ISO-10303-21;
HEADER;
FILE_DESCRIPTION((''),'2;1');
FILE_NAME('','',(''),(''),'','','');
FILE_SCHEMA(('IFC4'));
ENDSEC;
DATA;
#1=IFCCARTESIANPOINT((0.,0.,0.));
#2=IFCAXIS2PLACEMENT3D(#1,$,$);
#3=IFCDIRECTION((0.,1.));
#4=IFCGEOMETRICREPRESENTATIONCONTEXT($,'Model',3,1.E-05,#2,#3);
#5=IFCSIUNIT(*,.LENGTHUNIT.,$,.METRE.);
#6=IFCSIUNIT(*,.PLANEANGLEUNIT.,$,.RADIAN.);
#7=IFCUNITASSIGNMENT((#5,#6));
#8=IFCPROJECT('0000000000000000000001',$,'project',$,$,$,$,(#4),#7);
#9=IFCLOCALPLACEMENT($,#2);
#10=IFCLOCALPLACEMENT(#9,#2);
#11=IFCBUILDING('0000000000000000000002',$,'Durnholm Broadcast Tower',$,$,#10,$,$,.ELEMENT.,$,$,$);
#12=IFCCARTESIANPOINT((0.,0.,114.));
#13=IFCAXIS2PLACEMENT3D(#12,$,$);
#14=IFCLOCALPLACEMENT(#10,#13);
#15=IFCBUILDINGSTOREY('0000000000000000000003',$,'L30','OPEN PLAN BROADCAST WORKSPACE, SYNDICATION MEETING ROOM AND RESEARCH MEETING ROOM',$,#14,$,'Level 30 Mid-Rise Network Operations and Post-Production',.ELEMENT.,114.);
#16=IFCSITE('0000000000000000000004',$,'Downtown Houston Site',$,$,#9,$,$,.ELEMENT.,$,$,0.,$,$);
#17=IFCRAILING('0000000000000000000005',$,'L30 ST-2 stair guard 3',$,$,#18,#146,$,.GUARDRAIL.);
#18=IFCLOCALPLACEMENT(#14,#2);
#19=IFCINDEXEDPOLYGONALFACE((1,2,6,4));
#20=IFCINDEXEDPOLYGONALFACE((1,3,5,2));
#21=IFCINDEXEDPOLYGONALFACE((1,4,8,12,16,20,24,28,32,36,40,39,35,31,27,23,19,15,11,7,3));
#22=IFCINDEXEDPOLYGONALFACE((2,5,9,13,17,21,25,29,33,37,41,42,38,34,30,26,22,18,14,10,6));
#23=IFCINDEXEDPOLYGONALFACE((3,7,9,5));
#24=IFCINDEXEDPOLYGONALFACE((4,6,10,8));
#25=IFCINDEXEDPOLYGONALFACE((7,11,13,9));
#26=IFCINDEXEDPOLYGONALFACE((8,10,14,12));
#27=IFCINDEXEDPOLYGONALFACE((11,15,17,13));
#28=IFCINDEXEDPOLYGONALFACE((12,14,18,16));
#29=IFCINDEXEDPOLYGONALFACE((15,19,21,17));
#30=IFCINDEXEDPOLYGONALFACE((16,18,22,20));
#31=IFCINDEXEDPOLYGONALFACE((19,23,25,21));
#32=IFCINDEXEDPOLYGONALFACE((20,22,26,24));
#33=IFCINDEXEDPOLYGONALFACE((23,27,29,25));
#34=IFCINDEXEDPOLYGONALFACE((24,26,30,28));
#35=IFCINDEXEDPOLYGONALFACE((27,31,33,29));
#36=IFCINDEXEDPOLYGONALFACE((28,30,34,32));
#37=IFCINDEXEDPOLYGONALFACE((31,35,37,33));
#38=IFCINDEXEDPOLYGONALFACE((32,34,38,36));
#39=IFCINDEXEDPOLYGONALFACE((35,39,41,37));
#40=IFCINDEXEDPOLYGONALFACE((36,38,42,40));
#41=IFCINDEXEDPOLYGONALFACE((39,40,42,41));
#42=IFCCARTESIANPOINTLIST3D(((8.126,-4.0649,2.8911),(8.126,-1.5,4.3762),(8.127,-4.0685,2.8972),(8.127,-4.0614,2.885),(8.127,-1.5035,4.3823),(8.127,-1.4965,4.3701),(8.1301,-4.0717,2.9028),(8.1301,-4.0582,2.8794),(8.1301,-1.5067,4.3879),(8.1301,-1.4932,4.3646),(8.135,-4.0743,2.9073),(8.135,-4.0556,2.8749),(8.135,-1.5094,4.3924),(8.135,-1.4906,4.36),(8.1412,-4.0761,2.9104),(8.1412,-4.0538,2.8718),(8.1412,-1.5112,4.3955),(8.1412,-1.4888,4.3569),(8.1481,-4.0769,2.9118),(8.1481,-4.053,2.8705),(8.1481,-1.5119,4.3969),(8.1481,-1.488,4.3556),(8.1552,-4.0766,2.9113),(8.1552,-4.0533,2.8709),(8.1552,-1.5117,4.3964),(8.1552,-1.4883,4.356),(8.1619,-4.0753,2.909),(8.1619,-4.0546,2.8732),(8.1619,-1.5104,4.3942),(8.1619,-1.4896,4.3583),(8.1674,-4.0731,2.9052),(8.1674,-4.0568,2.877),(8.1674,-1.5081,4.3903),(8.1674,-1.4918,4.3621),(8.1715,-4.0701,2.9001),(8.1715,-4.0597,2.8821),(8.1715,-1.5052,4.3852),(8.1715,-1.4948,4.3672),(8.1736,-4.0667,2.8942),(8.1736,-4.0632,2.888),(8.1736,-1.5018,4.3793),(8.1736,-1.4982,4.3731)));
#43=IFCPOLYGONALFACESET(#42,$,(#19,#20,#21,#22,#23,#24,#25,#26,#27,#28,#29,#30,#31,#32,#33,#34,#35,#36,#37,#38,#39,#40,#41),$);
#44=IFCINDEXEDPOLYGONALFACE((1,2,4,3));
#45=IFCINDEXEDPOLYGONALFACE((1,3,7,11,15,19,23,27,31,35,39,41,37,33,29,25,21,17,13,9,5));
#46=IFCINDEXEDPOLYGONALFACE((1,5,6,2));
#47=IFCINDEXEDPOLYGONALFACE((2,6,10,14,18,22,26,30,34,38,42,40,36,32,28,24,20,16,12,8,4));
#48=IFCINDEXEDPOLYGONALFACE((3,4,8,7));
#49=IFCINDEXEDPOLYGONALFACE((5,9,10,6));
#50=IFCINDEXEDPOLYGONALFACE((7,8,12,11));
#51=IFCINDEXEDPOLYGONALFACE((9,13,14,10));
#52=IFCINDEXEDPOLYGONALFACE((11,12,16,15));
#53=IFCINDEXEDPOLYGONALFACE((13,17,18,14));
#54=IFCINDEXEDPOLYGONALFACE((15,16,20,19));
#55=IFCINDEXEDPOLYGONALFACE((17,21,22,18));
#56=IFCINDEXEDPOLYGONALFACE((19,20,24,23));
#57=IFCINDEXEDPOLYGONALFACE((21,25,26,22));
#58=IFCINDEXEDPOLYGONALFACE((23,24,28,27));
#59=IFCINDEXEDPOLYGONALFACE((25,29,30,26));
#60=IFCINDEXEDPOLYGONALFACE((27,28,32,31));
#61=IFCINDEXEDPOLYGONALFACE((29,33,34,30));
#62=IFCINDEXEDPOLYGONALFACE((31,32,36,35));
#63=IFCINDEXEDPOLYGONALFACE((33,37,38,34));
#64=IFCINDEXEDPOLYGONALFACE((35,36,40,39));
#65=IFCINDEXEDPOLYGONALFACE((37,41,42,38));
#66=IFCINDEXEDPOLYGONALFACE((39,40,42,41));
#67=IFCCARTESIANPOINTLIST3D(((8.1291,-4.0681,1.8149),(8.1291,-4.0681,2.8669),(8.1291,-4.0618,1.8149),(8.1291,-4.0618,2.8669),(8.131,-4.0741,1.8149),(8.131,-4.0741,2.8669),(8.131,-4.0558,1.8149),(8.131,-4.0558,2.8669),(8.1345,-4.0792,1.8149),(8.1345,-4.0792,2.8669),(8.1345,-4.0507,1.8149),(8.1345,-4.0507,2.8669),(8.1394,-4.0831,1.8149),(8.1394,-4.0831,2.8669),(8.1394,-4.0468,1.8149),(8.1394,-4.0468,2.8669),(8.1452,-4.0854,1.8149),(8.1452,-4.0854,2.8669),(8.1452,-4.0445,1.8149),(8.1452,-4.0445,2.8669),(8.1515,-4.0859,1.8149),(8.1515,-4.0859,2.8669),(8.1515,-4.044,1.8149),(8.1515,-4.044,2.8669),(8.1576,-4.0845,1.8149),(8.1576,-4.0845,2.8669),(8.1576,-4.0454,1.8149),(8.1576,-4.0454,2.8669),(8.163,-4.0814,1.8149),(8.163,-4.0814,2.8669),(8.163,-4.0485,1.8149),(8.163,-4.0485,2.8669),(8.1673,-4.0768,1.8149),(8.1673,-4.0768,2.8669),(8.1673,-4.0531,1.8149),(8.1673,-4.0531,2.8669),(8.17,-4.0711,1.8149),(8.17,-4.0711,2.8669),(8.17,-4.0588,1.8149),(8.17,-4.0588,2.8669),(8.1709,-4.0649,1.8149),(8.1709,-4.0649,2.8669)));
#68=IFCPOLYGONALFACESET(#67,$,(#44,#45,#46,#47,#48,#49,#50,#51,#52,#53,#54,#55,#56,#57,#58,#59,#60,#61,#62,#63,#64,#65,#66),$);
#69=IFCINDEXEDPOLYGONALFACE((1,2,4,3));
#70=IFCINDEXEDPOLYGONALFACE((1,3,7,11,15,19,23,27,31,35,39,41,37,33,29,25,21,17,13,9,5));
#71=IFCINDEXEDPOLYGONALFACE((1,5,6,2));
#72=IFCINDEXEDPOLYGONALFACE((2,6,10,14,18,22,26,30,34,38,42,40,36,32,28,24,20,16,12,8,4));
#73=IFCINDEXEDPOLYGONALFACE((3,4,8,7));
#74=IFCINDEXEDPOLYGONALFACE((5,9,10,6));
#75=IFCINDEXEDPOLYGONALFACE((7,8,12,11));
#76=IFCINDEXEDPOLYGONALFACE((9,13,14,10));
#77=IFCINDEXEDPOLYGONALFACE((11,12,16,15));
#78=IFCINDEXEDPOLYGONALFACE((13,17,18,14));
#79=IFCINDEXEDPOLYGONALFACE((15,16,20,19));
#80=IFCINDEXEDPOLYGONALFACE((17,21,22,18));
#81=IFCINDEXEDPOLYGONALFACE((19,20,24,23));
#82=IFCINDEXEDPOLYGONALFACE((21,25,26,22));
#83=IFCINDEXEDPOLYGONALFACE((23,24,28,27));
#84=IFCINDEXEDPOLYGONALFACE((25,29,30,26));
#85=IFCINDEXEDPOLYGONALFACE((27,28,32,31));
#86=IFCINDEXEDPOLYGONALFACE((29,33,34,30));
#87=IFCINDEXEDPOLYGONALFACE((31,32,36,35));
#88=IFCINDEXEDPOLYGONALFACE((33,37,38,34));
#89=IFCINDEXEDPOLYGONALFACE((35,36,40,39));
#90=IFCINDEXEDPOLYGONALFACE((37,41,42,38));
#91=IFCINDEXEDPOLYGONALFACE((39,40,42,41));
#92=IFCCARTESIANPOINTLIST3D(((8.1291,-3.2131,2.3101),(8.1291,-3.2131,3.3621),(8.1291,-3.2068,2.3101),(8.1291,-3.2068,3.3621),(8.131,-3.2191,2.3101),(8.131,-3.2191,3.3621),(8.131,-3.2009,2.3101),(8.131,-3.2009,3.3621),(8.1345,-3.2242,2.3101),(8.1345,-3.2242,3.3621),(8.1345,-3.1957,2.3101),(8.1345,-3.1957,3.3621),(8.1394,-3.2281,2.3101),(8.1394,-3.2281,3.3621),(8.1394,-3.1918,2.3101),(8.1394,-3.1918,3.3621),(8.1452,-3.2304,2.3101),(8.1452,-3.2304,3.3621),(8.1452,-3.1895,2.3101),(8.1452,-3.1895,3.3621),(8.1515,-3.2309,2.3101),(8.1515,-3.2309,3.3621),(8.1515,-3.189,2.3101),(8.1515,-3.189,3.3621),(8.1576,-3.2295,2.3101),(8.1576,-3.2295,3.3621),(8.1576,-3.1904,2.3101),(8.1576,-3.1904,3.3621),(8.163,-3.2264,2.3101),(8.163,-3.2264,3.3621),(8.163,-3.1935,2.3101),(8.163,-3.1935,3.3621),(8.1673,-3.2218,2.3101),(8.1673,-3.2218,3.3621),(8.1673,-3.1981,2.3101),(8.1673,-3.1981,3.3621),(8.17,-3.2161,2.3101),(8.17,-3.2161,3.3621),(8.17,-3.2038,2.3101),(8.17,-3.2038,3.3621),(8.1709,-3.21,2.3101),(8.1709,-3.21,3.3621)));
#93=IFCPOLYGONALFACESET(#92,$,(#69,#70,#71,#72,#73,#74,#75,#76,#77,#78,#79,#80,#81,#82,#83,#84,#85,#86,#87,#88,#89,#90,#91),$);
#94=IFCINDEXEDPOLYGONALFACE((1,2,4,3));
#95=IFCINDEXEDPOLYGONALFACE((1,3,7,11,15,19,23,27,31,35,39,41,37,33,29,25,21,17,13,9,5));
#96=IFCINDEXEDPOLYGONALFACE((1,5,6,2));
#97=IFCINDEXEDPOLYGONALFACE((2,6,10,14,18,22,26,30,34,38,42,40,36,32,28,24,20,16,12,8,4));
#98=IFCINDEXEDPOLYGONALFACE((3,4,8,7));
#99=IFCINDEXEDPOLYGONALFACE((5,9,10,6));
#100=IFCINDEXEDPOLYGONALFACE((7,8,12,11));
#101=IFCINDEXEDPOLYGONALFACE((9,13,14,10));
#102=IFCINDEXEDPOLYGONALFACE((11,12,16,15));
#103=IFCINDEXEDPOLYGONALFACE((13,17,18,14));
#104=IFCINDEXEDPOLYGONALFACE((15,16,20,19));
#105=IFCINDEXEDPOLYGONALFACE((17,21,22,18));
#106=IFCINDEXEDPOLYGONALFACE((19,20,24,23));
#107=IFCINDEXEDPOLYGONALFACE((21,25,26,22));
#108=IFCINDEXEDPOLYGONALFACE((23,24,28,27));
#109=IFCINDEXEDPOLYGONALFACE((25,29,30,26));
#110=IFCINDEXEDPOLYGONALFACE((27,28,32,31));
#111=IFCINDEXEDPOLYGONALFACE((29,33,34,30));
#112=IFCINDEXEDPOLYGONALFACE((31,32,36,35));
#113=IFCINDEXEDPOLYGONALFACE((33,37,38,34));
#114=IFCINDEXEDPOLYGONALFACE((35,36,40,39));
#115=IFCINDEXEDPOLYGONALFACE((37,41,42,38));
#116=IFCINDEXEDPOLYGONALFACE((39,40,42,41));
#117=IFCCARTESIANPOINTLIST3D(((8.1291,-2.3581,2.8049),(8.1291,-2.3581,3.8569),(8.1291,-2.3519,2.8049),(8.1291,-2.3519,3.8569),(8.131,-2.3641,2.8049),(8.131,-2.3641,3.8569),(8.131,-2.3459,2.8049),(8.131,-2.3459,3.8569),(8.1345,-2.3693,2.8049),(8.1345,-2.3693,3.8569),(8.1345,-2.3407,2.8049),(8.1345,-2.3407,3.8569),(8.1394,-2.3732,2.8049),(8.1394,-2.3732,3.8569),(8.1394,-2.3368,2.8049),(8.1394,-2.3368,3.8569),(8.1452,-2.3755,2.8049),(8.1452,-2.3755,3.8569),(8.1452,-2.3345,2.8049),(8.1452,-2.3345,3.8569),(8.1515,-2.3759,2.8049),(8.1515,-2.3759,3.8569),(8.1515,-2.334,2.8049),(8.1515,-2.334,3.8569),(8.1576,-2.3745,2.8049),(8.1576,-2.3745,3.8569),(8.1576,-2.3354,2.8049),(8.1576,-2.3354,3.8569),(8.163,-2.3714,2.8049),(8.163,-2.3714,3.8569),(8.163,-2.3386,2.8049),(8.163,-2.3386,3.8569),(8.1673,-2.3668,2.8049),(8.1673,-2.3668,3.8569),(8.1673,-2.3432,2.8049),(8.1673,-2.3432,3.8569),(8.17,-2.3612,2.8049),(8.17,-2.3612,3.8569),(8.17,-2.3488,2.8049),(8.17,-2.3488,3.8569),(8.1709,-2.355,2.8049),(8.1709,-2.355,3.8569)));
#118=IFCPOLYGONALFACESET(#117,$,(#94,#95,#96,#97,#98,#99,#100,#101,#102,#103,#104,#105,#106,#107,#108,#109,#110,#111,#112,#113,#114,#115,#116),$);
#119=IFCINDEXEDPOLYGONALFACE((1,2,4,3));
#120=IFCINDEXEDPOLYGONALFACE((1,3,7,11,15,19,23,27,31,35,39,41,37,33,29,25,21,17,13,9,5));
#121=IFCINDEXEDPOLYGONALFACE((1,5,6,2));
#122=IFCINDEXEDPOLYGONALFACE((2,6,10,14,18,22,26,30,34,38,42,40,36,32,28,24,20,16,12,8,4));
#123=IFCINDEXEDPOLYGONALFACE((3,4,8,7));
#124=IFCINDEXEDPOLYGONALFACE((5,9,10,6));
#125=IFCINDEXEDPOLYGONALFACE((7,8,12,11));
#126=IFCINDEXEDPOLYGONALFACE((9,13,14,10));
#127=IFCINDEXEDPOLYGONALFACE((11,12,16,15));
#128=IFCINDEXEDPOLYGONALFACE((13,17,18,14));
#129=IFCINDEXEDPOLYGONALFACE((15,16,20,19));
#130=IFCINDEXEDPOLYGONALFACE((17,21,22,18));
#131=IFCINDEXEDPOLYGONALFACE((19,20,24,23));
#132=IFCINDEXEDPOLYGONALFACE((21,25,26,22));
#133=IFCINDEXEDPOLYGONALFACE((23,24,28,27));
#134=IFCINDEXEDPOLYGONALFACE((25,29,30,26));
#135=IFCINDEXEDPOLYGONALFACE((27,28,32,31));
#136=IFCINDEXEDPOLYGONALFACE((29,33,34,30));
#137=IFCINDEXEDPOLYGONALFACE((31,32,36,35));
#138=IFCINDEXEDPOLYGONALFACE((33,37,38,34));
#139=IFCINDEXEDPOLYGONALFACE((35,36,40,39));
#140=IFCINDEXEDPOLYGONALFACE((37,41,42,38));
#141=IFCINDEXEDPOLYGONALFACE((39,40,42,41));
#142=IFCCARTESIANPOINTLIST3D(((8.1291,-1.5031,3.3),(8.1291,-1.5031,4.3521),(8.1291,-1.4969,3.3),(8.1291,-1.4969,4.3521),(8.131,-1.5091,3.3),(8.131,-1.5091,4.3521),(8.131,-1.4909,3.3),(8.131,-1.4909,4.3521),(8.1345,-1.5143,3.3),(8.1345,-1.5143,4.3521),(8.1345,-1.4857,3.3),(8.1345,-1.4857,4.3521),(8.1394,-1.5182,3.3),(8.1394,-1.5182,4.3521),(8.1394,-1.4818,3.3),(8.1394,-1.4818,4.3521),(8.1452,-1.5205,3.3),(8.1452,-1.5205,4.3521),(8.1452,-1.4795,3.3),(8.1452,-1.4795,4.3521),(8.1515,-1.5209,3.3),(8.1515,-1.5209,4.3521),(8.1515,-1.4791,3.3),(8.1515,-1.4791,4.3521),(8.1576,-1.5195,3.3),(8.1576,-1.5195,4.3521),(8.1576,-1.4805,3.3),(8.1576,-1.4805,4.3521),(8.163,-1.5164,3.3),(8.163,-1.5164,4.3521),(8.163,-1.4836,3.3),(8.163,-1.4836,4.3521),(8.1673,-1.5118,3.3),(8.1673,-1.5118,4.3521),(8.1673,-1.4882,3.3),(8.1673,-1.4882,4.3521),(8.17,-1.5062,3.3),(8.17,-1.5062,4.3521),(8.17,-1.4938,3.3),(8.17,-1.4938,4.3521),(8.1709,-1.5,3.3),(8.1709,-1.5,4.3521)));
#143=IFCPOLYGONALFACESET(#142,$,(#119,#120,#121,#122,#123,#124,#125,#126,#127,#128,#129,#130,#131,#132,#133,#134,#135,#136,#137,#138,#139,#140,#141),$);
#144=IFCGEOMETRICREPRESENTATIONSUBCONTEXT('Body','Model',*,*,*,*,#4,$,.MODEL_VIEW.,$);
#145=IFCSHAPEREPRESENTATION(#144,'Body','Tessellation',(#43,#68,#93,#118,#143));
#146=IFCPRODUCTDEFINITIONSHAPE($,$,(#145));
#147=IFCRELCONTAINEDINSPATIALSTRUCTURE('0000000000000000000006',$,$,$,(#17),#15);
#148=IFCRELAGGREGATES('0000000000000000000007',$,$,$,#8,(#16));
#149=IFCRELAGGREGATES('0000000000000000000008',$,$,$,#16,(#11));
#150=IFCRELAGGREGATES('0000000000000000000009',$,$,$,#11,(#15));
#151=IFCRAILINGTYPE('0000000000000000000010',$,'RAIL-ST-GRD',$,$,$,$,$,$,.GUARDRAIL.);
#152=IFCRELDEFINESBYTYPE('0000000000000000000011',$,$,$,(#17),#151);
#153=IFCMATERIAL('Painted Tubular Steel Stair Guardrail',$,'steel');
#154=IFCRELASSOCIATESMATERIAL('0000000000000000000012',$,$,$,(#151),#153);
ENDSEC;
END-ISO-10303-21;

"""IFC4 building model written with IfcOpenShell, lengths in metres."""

from ifc_helpers import new_model, si_unit, direction, frame, origin, origin_2d, place, context, subcontext, project, spatial, circle, extrude, material, type_object, element, save


model = new_model("IFC4")

# Units and contexts
model_context = context("Model", 3, precision=1e-05, world=origin(), true_north=direction((0.0, 1.0)))
body_context = subcontext(model_context, "Body", "Model", "MODEL_VIEW")
ifc_project = project(units=[si_unit("LENGTHUNIT", "METRE"), si_unit("PLANEANGLEUNIT", "RADIAN")], contexts=[model_context])

# Site, building, storey
site_placement = place(None, origin())
site = spatial("IfcSite", under=ifc_project, at=site_placement, Name="Downtown Houston Site", CompositionType="ELEMENT", RefElevation=0.0)
building_placement = place(site_placement, origin())
building = spatial("IfcBuilding", under=site, at=building_placement, Name="Durnholm Broadcast Tower", CompositionType="ELEMENT")
storey_placement = place(building_placement, frame((0.0, 0.0, 114.0)))
storey = spatial("IfcBuildingStorey", under=building, at=storey_placement, Name="L30", Description="OPEN PLAN BROADCAST WORKSPACE, SYNDICATION MEETING ROOM AND RESEARCH MEETING ROOM", LongName="Level 30 Mid-Rise Network Operations and Post-Production", CompositionType="ELEMENT", Elevation=114.0)

# Railing
ifc_material_1 = material(Name="Painted Tubular Steel Stair Guardrail", Category="steel")
railing_type_1 = type_object("IfcRailingType", Name="RAIL-ST-GRD", PredefinedType="GUARDRAIL", material=ifc_material_1)
railing_1_placement = place(storey_placement, frame((8.1499, -4.0649, 1.8149)))
element("IfcRailing", 1, at=railing_1_placement, inside=storey, type_object=railing_type_1, Name="L30 ST-2 stair guard 3", PredefinedType="GUARDRAIL", context=body_context, shape_type="SweptSolid", body=[
    extrude(circle(Radius=0.0239, at=origin_2d()), frame((0.0, 0.0, 1.0762), z_axis=(0.0, 0.865406, 0.501072), x_axis=(-1.0, 0.0, 0.0)), (0.0, 0.0, 1.0), 2.9639),
    extrude(circle(Radius=0.021, at=origin_2d()), origin(), (0.0, 0.0, 1.0), 1.052),
    extrude(circle(Radius=0.021, at=origin_2d()), frame((0.0, 0.855, 0.4951)), (0.0, 0.0, 1.0), 1.052),
    extrude(circle(Radius=0.021, at=origin_2d()), frame((0.0, 1.71, 0.99)), (0.0, 0.0, 1.0), 1.052),
    extrude(circle(Radius=0.021, at=origin_2d()), frame((0.0, 2.5649, 1.4851)), (0.0, 0.0, 1.0), 1.052),
])

save(model, "model.ifc")
